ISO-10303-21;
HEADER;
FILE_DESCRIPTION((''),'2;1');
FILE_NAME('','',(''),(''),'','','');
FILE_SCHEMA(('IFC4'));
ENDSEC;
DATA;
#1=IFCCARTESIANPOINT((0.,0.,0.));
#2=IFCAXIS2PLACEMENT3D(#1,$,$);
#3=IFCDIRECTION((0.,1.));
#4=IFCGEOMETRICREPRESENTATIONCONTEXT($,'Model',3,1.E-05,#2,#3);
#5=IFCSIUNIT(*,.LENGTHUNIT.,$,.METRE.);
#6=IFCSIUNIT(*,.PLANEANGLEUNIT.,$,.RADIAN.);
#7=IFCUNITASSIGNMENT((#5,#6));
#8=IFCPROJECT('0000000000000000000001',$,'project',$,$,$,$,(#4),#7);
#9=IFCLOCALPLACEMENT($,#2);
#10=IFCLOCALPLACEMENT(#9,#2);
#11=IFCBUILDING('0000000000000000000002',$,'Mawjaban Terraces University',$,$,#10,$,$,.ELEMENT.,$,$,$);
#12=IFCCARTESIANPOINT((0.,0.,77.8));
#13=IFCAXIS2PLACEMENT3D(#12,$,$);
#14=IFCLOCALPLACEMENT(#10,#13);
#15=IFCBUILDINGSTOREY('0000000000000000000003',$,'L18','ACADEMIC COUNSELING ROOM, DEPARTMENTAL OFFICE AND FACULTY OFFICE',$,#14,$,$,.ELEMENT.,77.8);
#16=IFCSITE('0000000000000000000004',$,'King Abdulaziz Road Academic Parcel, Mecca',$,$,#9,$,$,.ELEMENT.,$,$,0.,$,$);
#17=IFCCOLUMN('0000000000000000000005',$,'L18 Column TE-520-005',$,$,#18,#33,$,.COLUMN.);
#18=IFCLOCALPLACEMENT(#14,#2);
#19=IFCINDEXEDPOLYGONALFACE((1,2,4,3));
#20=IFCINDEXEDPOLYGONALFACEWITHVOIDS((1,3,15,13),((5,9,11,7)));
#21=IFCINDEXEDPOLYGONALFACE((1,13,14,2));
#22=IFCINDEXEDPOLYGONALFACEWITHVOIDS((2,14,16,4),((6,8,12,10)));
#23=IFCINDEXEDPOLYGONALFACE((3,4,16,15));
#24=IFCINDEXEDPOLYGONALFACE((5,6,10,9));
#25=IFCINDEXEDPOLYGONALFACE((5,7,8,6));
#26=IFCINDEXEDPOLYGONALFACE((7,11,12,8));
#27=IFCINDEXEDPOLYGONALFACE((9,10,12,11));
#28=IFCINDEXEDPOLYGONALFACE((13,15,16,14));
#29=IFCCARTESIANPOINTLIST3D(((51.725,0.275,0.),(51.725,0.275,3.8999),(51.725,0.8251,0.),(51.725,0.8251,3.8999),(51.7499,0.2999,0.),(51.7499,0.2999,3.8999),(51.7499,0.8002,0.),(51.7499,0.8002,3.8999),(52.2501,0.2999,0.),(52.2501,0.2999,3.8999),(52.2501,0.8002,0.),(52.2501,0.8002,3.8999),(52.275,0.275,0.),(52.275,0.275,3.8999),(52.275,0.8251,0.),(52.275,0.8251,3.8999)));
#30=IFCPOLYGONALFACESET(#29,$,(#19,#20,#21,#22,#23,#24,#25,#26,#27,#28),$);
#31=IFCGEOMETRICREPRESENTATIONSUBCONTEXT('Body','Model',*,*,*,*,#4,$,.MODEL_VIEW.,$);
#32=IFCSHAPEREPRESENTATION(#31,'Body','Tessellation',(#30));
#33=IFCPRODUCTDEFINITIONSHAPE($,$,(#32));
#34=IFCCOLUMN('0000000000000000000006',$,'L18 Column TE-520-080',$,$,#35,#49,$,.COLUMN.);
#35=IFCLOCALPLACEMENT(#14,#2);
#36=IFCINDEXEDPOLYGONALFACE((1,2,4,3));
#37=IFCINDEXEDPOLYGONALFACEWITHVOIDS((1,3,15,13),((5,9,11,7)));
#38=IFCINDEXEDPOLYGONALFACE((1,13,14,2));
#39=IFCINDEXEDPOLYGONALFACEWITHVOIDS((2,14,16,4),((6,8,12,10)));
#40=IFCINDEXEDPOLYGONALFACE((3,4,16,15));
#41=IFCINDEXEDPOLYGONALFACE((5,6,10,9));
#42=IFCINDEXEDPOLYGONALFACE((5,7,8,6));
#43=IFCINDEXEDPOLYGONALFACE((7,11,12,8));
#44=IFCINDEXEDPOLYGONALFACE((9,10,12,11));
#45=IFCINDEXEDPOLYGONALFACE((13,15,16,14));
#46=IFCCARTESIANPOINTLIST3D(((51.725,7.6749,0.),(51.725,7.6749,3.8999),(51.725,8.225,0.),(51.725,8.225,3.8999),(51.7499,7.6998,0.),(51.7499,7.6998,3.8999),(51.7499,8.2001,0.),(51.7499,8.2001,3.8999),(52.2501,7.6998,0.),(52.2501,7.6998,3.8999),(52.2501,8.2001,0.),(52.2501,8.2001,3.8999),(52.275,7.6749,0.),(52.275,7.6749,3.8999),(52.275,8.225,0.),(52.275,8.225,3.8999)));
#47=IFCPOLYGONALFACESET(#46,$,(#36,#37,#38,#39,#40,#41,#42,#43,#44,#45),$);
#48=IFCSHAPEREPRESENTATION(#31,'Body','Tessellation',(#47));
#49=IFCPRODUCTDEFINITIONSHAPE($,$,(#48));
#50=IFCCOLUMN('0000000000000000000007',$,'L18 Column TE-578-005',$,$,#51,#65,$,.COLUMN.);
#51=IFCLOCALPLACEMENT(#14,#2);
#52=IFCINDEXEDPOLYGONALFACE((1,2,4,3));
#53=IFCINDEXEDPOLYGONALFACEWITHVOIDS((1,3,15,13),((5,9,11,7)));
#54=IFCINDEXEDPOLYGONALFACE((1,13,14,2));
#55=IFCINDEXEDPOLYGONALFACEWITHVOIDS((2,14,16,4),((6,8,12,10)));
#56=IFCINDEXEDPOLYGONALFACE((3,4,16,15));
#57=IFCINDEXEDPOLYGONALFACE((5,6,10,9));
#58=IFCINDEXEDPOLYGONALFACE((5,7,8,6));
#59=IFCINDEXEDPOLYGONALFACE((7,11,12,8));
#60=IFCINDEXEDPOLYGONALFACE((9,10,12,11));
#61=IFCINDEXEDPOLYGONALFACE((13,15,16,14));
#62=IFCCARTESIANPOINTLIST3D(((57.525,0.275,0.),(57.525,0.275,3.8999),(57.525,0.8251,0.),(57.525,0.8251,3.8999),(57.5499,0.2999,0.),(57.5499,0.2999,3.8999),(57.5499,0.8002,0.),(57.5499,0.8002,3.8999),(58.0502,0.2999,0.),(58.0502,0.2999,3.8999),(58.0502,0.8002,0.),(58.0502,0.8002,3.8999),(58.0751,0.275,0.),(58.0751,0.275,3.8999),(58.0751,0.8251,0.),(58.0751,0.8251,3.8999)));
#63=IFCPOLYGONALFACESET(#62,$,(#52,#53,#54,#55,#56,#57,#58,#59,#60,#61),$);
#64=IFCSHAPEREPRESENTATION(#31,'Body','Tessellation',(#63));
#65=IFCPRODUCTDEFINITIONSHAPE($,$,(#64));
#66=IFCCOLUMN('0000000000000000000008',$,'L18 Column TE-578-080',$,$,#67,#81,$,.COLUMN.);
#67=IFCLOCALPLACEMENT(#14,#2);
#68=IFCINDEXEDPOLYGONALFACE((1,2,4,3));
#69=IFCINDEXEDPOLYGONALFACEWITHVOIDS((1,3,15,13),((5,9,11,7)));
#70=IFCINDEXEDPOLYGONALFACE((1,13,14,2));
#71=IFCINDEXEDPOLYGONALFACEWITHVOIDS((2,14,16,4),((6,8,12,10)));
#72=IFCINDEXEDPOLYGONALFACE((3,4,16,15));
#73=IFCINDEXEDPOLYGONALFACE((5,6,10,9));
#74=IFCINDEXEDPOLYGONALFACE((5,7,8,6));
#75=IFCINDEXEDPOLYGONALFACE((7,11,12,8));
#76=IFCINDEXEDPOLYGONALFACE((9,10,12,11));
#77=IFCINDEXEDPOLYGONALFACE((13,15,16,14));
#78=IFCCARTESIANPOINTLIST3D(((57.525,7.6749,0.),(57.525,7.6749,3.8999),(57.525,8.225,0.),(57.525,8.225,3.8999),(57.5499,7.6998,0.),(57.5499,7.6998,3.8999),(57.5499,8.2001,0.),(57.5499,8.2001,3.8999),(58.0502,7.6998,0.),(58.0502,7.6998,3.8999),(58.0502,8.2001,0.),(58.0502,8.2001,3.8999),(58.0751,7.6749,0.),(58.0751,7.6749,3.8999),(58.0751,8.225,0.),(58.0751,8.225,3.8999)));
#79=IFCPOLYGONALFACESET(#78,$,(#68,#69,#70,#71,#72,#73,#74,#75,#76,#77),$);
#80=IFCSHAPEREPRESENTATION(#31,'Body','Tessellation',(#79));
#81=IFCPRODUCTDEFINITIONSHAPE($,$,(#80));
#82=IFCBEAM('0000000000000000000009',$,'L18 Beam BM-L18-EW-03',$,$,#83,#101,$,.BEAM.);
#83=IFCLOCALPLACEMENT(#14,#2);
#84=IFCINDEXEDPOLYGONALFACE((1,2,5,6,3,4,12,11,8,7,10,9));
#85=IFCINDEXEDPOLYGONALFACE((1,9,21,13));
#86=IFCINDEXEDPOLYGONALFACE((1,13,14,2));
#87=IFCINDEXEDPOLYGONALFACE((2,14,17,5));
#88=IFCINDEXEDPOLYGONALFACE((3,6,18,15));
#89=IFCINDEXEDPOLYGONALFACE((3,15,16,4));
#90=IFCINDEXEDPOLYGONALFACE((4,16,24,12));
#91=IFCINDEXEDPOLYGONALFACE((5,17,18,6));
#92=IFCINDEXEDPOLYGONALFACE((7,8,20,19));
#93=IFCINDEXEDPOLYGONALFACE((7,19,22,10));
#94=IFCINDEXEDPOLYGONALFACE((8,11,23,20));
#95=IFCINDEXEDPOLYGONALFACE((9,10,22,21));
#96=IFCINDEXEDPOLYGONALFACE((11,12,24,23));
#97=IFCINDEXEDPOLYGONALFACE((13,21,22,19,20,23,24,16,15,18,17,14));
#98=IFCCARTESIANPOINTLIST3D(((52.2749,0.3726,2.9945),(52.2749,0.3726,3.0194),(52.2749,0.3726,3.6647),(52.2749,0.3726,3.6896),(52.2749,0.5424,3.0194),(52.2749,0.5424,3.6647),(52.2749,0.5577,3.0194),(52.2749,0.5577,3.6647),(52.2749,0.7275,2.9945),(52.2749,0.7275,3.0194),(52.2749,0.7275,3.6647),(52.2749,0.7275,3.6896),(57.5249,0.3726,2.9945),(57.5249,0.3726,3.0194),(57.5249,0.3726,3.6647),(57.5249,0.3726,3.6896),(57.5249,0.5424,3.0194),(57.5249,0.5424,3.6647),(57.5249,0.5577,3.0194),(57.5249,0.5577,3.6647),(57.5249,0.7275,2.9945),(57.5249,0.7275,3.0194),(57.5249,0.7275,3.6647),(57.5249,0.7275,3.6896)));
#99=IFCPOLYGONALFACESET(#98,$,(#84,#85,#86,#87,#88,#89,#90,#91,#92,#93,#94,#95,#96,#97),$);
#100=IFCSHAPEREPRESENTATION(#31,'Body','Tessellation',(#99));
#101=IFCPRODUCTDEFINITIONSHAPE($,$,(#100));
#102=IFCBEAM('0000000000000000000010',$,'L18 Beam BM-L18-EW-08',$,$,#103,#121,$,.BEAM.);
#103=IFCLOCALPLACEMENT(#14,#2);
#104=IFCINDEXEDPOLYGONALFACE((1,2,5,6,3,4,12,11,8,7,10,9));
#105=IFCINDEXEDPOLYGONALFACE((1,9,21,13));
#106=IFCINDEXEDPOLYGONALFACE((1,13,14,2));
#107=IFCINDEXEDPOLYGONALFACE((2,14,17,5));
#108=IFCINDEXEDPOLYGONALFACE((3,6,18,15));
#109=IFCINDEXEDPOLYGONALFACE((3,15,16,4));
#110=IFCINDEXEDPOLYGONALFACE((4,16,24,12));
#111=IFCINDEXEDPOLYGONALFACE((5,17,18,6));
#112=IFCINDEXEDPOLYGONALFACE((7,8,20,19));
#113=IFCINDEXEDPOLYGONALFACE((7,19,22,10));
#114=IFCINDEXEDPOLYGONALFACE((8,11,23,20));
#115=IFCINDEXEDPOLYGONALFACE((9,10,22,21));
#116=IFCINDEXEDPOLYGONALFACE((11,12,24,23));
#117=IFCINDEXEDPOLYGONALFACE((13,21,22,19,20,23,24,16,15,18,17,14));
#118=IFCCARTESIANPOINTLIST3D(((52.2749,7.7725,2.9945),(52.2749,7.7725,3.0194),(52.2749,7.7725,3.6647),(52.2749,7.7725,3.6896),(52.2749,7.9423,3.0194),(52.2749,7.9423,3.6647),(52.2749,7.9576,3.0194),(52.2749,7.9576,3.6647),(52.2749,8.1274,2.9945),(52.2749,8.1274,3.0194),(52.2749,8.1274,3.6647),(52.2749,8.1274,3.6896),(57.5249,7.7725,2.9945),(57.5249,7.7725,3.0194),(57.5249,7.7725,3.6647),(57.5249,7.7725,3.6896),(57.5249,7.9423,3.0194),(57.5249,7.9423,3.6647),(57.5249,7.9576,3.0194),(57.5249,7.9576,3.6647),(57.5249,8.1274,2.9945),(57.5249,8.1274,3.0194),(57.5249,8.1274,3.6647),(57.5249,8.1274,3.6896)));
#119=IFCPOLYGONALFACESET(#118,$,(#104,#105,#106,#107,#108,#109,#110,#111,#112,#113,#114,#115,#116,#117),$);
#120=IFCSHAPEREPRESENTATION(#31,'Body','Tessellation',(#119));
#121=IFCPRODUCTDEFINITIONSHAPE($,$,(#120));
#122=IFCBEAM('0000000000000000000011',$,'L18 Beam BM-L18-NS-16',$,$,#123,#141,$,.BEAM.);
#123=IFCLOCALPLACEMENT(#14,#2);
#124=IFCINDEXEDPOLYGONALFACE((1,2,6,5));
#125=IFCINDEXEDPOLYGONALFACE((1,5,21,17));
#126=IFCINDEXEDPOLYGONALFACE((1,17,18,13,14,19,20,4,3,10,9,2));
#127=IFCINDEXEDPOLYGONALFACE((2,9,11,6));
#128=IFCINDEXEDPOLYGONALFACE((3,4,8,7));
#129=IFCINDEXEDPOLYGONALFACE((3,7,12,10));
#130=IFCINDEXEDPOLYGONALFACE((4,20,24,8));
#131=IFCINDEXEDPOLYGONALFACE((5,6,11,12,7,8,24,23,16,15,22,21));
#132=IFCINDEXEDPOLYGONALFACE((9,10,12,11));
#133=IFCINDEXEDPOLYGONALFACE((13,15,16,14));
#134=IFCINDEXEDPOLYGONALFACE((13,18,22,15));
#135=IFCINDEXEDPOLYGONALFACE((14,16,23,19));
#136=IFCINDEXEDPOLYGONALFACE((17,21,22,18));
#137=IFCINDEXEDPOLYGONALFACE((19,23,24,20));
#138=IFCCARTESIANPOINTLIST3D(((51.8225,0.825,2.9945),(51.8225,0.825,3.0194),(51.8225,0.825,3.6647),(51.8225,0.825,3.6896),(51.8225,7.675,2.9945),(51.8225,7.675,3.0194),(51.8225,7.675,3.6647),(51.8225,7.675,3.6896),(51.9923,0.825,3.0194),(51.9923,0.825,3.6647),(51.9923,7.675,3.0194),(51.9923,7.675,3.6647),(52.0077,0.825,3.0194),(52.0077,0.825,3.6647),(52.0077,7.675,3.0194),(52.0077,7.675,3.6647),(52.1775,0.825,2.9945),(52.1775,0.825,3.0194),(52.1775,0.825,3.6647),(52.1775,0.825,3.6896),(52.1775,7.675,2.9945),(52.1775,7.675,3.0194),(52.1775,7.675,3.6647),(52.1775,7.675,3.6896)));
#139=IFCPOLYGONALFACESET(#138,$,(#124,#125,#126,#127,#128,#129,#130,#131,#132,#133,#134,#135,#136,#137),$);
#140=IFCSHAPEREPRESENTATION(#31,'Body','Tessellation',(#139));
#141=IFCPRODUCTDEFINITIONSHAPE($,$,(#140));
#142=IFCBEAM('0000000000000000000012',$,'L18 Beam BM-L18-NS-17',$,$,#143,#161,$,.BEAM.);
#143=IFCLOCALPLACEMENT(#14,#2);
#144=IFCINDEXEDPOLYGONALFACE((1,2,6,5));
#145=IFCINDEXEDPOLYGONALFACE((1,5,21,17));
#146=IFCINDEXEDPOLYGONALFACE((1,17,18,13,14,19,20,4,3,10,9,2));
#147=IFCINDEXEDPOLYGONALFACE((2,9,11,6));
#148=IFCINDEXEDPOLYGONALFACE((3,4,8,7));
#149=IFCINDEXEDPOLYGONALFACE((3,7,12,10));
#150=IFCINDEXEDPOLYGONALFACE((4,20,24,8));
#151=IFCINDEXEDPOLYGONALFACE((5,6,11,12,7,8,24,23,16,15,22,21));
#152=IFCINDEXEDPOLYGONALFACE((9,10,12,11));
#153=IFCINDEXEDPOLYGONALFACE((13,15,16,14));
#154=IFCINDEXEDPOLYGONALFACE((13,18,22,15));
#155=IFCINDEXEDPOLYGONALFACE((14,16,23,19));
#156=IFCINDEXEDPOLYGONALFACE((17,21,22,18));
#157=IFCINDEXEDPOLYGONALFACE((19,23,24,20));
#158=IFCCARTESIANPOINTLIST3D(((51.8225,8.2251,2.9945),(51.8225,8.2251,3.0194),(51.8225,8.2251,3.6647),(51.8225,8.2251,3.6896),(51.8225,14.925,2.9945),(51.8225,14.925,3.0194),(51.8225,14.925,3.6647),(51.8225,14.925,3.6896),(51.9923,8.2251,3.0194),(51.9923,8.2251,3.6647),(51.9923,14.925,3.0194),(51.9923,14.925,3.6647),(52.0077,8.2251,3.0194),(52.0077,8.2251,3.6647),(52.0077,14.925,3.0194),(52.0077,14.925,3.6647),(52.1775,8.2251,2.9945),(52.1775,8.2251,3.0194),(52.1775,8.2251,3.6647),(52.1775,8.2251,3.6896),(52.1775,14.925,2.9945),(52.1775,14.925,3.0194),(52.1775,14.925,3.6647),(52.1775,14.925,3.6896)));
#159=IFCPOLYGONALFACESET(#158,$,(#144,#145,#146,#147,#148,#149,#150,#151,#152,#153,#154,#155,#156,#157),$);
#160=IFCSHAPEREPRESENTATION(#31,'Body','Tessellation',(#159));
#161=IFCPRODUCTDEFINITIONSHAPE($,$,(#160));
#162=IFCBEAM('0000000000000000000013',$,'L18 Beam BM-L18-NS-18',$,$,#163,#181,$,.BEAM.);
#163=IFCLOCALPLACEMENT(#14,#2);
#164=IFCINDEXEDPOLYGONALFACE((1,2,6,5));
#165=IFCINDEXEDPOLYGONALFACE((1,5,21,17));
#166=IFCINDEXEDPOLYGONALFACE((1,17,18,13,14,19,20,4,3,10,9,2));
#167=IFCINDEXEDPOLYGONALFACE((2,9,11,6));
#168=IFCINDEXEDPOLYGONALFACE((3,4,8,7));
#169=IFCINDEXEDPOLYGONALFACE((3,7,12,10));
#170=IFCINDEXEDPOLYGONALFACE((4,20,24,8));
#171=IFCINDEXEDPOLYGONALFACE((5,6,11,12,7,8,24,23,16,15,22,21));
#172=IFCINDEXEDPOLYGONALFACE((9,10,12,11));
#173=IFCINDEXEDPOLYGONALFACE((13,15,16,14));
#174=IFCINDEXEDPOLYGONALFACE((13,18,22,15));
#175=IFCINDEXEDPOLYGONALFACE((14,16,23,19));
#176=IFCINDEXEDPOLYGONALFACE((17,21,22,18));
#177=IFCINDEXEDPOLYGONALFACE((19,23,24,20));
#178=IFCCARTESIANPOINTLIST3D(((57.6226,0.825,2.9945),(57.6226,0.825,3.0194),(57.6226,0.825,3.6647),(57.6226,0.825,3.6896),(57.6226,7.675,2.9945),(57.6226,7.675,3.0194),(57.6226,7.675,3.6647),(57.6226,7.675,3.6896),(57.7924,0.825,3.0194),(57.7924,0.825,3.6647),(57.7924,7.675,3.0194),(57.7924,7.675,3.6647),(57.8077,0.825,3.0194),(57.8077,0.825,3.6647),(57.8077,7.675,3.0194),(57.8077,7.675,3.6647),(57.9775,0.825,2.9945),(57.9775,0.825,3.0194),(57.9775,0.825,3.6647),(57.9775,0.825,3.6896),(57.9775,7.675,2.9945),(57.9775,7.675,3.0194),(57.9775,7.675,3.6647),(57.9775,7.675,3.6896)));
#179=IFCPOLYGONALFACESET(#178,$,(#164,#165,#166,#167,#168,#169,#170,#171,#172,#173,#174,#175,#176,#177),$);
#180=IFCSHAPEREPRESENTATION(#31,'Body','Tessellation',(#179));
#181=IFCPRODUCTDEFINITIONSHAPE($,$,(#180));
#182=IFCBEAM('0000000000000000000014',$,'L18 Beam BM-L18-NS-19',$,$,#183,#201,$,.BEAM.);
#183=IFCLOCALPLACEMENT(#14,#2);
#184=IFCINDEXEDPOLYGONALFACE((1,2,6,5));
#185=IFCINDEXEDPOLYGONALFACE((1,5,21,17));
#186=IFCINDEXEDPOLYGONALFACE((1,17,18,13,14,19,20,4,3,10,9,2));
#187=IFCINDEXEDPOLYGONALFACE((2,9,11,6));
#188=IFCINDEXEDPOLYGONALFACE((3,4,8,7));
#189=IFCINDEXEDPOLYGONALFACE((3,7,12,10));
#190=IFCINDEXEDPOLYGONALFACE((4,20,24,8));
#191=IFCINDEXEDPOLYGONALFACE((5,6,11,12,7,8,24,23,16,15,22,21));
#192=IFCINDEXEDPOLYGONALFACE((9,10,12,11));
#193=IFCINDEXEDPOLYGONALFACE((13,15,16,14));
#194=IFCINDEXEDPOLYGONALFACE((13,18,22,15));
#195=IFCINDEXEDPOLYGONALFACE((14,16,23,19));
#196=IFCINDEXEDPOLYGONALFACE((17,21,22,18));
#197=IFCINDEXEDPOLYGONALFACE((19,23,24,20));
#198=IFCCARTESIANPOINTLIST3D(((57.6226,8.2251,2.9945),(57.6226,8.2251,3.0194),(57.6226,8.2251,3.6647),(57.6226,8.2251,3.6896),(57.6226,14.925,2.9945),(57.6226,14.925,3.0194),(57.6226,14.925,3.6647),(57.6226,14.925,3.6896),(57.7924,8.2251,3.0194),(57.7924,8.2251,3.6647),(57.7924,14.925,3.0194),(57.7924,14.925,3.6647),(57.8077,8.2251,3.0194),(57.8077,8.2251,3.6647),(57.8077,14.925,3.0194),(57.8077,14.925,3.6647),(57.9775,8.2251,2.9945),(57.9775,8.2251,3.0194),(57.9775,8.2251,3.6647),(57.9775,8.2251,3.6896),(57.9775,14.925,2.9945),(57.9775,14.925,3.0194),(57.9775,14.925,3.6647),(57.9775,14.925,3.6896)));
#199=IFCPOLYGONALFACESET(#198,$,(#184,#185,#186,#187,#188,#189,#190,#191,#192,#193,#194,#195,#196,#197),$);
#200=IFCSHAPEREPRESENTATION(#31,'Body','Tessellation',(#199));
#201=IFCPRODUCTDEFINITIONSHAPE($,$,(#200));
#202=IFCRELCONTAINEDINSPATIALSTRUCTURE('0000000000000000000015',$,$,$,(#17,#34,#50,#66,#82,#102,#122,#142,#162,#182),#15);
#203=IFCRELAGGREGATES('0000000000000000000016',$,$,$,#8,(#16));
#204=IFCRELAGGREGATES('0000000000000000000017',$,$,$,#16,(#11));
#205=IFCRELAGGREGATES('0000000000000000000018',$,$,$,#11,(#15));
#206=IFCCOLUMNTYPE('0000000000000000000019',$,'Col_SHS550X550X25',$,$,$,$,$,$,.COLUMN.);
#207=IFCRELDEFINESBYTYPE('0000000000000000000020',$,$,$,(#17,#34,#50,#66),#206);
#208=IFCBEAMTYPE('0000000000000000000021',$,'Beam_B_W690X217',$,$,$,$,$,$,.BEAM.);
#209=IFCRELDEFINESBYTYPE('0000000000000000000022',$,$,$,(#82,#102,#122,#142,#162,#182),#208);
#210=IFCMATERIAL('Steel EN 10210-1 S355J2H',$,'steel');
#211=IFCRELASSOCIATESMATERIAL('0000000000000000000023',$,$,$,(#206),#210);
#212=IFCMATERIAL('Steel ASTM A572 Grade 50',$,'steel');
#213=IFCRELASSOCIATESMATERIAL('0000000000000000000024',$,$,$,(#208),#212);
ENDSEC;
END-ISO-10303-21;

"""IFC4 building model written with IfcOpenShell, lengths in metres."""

from ifc_helpers import new_model, si_unit, direction, frame, origin, origin_2d, place, context, subcontext, project, spatial, hollow_rectangle, i_section, extrude, material, material_profile, profile_set, type_object, element, save


model = new_model("IFC4")

# Units and contexts
model_context = context("Model", 3, precision=1e-05, world=origin(), true_north=direction((0.0, 1.0)))
body_context = subcontext(model_context, "Body", "Model", "MODEL_VIEW")
ifc_project = project(units=[si_unit("LENGTHUNIT", "METRE"), si_unit("PLANEANGLEUNIT", "RADIAN")], contexts=[model_context])

# Site, building, storey
site_placement = place(None, origin())
site = spatial("IfcSite", under=ifc_project, at=site_placement, Name="King Abdulaziz Road Academic Parcel, Mecca", CompositionType="ELEMENT", RefElevation=0.0)
building_placement = place(site_placement, origin())
building = spatial("IfcBuilding", under=site, at=building_placement, Name="Mawjaban Terraces University", CompositionType="ELEMENT")
storey_placement = place(building_placement, frame((0.0, 0.0, 77.8)))
storey = spatial("IfcBuildingStorey", under=building, at=storey_placement, Name="L18", Description="ACADEMIC COUNSELING ROOM, DEPARTMENTAL OFFICE AND FACULTY OFFICE", CompositionType="ELEMENT", Elevation=77.8)

# Columns
ifc_material_1 = material(Name="Steel EN 10210-1 S355J2H", Category="steel")
ifc_material_profile_1 = material_profile(ifc_material_1, hollow_rectangle(XDim=0.55, YDim=0.55, WallThickness=0.0249, at=origin_2d()), Name="SHS550X550X25")
ifc_profile_set_1 = profile_set([ifc_material_profile_1], Name="Steel EN 10210-1 S355J2H")
column_type = type_object("IfcColumnType", Name="Col_SHS550X550X25", PredefinedType="COLUMN", material=ifc_profile_set_1)
for number, where, z_axis, x_axis, name in (
    (1, (52.0, 0.55, 0.0), (0.0, 0.0, 1.0), (1.0, 0.0, 0.0), "L18 Column TE-520-005"),
    (2, (52.0, 7.95, 0.0), (0.0, 0.0, 1.0), (1.0, 0.0, 0.0), "L18 Column TE-520-080"),
    (3, (57.8, 0.55, 0.0), (0.0, 0.0, 1.0), (1.0, 0.0, 0.0), "L18 Column TE-578-005"),
    (4, (57.8, 7.95, 0.0), (0.0, 0.0, 1.0), (1.0, 0.0, 0.0), "L18 Column TE-578-080"),
):
    element("IfcColumn", number, at=place(storey_placement, frame(where, z_axis=z_axis, x_axis=x_axis)), inside=storey, type_object=column_type, Name=name, PredefinedType="COLUMN", context=body_context, shape_type="SweptSolid", body=[
        extrude(hollow_rectangle(XDim=0.55, YDim=0.55, WallThickness=0.0249, at=origin_2d()), origin(), (0.0, 0.0, 1.0), 3.8999),
    ])

# Beams
ifc_material_2 = material(Name="Steel ASTM A572 Grade 50", Category="steel")
ifc_material_profile_2 = material_profile(ifc_material_2, i_section(OverallWidth=0.355, OverallDepth=0.6951, WebThickness=0.0154, FlangeThickness=0.0249, at=origin_2d()), Name="W690X217")
ifc_profile_set_2 = profile_set([ifc_material_profile_2], Name="Steel ASTM A572 Grade 50")
beam_type_1 = type_object("IfcBeamType", Name="Beam_B_W690X217", PredefinedType="BEAM", material=ifc_profile_set_2)
for number, where, z_axis, x_axis, name in (
    (5, (52.2749, 0.55, 3.342), (1.0, 0.0, 0.0), (0.0, 1.0, 0.0), "L18 Beam BM-L18-EW-03"),
    (6, (52.2749, 7.95, 3.342), (1.0, 0.0, 0.0), (0.0, 1.0, 0.0), "L18 Beam BM-L18-EW-08"),
):
    element("IfcBeam", number, at=place(storey_placement, frame(where, z_axis=z_axis, x_axis=x_axis)), inside=storey, type_object=beam_type_1, Name=name, PredefinedType="BEAM", context=body_context, shape_type="SweptSolid", body=[
        extrude(i_section(OverallWidth=0.355, OverallDepth=0.6951, WebThickness=0.0154, FlangeThickness=0.0249, at=origin_2d()), origin(), (0.0, 0.0, 1.0), 5.25),
    ])
beam_1_placement = place(storey_placement, frame((52.0, 0.825, 3.342), z_axis=(0.0, 1.0, 0.0), x_axis=(-1.0, 0.0, 0.0)))
element("IfcBeam", 7, at=beam_1_placement, inside=storey, type_object=beam_type_1, Name="L18 Beam BM-L18-NS-16", PredefinedType="BEAM", context=body_context, shape_type="SweptSolid", body=[
    extrude(i_section(OverallWidth=0.355, OverallDepth=0.6951, WebThickness=0.0154, FlangeThickness=0.0249, at=origin_2d()), origin(), (0.0, 0.0, 1.0), 6.8501),
])
beam_2_placement = place(storey_placement, frame((52.0, 8.2251, 3.342), z_axis=(0.0, 1.0, 0.0), x_axis=(-1.0, 0.0, 0.0)))
element("IfcBeam", 8, at=beam_2_placement, inside=storey, type_object=beam_type_1, Name="L18 Beam BM-L18-NS-17", PredefinedType="BEAM", context=body_context, shape_type="SweptSolid", body=[
    extrude(i_section(OverallWidth=0.355, OverallDepth=0.6951, WebThickness=0.0154, FlangeThickness=0.0249, at=origin_2d()), origin(), (0.0, 0.0, 1.0), 6.7),
])
beam_3_placement = place(storey_placement, frame((57.8, 0.825, 3.342), z_axis=(0.0, 1.0, 0.0), x_axis=(-1.0, 0.0, 0.0)))
element("IfcBeam", 9, at=beam_3_placement, inside=storey, type_object=beam_type_1, Name="L18 Beam BM-L18-NS-18", PredefinedType="BEAM", context=body_context, shape_type="SweptSolid", body=[
    extrude(i_section(OverallWidth=0.355, OverallDepth=0.6951, WebThickness=0.0154, FlangeThickness=0.0249, at=origin_2d()), origin(), (0.0, 0.0, 1.0), 6.8501),
])
beam_4_placement = place(storey_placement, frame((57.8, 8.2251, 3.342), z_axis=(0.0, 1.0, 0.0), x_axis=(-1.0, 0.0, 0.0)))
element("IfcBeam", 10, at=beam_4_placement, inside=storey, type_object=beam_type_1, Name="L18 Beam BM-L18-NS-19", PredefinedType="BEAM", context=body_context, shape_type="SweptSolid", body=[
    extrude(i_section(OverallWidth=0.355, OverallDepth=0.6951, WebThickness=0.0154, FlangeThickness=0.0249, at=origin_2d()), origin(), (0.0, 0.0, 1.0), 6.7),
])

save(model, "model.ifc")
